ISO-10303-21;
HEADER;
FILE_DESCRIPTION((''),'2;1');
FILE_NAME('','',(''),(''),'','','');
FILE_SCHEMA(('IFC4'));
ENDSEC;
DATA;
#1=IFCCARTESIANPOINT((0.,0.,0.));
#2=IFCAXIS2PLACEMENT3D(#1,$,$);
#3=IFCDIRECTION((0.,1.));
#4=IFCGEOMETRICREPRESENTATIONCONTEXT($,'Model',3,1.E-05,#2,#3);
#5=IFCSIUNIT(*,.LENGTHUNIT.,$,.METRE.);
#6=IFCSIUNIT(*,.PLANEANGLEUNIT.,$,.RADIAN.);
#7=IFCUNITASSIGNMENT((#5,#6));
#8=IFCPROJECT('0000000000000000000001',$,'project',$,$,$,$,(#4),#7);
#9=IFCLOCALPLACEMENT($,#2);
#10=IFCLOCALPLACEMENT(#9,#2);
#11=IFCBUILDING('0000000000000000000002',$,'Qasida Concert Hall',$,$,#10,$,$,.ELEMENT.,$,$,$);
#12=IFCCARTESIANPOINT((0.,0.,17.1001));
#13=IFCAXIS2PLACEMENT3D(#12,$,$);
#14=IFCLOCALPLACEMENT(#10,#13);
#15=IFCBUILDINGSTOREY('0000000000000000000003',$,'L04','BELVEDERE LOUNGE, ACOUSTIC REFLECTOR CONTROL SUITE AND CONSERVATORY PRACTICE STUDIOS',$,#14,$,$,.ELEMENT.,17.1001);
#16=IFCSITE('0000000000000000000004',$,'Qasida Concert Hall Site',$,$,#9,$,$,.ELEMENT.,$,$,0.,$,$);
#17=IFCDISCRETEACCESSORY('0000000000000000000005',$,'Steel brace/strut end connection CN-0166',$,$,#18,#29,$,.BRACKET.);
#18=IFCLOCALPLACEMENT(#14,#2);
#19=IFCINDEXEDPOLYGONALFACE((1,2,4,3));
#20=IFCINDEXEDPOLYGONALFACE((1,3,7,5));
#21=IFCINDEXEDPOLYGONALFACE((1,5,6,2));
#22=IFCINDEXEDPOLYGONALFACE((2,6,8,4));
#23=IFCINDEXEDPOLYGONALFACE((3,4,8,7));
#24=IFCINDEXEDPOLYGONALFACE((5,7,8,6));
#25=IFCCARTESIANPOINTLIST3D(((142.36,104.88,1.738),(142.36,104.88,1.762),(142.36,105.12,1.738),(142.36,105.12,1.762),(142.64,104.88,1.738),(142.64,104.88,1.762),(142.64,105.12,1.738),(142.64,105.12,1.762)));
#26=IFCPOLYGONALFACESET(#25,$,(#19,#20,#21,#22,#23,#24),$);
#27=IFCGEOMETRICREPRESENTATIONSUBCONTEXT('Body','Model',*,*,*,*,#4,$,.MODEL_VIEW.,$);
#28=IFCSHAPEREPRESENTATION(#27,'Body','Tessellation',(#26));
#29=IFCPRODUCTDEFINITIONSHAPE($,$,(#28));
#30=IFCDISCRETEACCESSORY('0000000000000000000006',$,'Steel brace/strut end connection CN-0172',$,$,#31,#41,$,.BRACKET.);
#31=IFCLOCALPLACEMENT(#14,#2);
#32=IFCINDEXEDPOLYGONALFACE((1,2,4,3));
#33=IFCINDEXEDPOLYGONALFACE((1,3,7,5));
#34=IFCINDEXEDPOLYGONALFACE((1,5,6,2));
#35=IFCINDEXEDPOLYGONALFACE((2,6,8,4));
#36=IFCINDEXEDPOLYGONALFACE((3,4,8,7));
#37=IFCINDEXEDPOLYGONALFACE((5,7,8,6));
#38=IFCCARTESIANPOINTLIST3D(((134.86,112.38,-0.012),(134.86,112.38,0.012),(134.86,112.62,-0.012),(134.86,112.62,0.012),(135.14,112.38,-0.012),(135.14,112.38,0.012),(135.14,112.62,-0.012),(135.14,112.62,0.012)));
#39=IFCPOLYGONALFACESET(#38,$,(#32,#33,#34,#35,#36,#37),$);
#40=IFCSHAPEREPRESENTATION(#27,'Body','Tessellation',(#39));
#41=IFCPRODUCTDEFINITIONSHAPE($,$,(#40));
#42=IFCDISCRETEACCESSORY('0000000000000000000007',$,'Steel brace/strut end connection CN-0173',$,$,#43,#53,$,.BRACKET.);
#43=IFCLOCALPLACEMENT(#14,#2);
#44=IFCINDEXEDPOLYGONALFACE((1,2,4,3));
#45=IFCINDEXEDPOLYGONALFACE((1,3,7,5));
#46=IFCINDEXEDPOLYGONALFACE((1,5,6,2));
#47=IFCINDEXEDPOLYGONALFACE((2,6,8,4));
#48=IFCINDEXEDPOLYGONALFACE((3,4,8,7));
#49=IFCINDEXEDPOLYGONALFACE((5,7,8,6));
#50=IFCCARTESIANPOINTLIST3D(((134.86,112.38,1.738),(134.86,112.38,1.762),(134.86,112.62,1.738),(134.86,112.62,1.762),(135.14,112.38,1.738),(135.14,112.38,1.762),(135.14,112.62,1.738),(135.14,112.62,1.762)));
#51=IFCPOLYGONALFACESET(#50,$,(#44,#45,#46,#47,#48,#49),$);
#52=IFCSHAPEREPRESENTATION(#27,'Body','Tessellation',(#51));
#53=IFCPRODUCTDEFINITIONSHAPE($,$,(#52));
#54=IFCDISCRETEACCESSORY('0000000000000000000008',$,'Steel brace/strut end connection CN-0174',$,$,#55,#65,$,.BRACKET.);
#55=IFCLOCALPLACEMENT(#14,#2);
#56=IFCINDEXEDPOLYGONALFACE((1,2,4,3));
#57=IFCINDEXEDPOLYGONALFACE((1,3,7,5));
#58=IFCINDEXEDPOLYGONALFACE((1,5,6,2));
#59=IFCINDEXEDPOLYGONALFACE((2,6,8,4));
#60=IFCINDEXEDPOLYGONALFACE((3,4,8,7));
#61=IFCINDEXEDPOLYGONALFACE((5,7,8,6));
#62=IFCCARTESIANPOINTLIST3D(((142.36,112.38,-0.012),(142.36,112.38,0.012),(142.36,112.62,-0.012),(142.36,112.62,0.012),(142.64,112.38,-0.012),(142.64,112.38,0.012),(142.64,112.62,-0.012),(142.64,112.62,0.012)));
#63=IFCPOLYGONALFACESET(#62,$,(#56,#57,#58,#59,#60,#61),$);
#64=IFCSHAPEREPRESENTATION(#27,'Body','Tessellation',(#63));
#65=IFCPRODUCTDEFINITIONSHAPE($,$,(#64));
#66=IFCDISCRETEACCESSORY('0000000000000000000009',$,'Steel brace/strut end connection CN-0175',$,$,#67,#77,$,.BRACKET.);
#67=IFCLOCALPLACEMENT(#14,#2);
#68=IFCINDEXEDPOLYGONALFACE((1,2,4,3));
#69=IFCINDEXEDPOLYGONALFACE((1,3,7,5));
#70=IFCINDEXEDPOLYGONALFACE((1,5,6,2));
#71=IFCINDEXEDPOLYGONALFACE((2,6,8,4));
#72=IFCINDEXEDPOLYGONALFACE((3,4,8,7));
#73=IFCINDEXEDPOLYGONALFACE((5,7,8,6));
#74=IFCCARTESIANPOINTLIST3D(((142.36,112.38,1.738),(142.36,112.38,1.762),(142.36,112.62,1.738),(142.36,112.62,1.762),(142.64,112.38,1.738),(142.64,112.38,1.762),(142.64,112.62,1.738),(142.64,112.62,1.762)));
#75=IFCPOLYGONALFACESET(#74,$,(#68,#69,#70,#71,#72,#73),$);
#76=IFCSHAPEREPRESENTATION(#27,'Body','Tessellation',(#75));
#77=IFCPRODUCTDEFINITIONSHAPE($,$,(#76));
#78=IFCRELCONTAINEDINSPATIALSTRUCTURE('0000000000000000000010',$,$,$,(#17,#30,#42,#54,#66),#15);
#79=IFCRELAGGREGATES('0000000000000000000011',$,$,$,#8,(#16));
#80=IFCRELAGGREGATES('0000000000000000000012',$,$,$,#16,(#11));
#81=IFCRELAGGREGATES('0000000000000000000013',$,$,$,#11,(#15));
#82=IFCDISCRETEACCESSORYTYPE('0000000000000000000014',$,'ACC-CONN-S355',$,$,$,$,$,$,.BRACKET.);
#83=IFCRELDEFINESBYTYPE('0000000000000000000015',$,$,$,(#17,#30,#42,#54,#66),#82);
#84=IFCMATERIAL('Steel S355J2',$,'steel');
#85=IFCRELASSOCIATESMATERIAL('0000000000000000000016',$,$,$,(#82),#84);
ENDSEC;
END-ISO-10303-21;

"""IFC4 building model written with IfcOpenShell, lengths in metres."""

from ifc_helpers import new_model, si_unit, direction, frame, origin, origin_2d, place, context, subcontext, project, spatial, rectangle, extrude, material, type_object, element, save


model = new_model("IFC4")

# Units and contexts
model_context = context("Model", 3, precision=1e-05, world=origin(), true_north=direction((0.0, 1.0)))
body_context = subcontext(model_context, "Body", "Model", "MODEL_VIEW")
ifc_project = project(units=[si_unit("LENGTHUNIT", "METRE"), si_unit("PLANEANGLEUNIT", "RADIAN")], contexts=[model_context])

# Site, building, storey
site_placement = place(None, origin())
site = spatial("IfcSite", under=ifc_project, at=site_placement, Name="Qasida Concert Hall Site", CompositionType="ELEMENT", RefElevation=0.0)
building_placement = place(site_placement, origin())
building = spatial("IfcBuilding", under=site, at=building_placement, Name="Qasida Concert Hall", CompositionType="ELEMENT")
storey_placement = place(building_placement, frame((0.0, 0.0, 17.1001)))
storey = spatial("IfcBuildingStorey", under=building, at=storey_placement, Name="L04", Description="BELVEDERE LOUNGE, ACOUSTIC REFLECTOR CONTROL SUITE AND CONSERVATORY PRACTICE STUDIOS", CompositionType="ELEMENT", Elevation=17.1001)

# Shared definitions
ifc_material = material(Name="Steel S355J2", Category="steel")

# Discrete accessories
discrete_accessory_type = type_object("IfcDiscreteAccessoryType", Name="ACC-CONN-S355", PredefinedType="BRACKET", material=ifc_material)
for number, where, z_axis, x_axis, name in (
    (1, (142.5, 105.0, 1.738), (0.0, 0.0, 1.0), (1.0, 0.0, 0.0), "Steel brace/strut end connection CN-0166"),
    (2, (135.0, 112.5, -0.012), (0.0, 0.0, 1.0), (1.0, 0.0, 0.0), "Steel brace/strut end connection CN-0172"),
    (3, (135.0, 112.5, 1.738), (0.0, 0.0, 1.0), (1.0, 0.0, 0.0), "Steel brace/strut end connection CN-0173"),
    (4, (142.5, 112.5, -0.012), (0.0, 0.0, 1.0), (1.0, 0.0, 0.0), "Steel brace/strut end connection CN-0174"),
    (5, (142.5, 112.5, 1.738), (0.0, 0.0, 1.0), (1.0, 0.0, 0.0), "Steel brace/strut end connection CN-0175"),
):
    element("IfcDiscreteAccessory", number, at=place(storey_placement, frame(where, z_axis=z_axis, x_axis=x_axis)), inside=storey, type_object=discrete_accessory_type, Name=name, PredefinedType="BRACKET", context=body_context, shape_type="SweptSolid", body=[
        extrude(rectangle(XDim=0.28, YDim=0.24, at=origin_2d()), origin(), (0.0, 0.0, 1.0), 0.0239),
    ])

save(model, "model.ifc")
